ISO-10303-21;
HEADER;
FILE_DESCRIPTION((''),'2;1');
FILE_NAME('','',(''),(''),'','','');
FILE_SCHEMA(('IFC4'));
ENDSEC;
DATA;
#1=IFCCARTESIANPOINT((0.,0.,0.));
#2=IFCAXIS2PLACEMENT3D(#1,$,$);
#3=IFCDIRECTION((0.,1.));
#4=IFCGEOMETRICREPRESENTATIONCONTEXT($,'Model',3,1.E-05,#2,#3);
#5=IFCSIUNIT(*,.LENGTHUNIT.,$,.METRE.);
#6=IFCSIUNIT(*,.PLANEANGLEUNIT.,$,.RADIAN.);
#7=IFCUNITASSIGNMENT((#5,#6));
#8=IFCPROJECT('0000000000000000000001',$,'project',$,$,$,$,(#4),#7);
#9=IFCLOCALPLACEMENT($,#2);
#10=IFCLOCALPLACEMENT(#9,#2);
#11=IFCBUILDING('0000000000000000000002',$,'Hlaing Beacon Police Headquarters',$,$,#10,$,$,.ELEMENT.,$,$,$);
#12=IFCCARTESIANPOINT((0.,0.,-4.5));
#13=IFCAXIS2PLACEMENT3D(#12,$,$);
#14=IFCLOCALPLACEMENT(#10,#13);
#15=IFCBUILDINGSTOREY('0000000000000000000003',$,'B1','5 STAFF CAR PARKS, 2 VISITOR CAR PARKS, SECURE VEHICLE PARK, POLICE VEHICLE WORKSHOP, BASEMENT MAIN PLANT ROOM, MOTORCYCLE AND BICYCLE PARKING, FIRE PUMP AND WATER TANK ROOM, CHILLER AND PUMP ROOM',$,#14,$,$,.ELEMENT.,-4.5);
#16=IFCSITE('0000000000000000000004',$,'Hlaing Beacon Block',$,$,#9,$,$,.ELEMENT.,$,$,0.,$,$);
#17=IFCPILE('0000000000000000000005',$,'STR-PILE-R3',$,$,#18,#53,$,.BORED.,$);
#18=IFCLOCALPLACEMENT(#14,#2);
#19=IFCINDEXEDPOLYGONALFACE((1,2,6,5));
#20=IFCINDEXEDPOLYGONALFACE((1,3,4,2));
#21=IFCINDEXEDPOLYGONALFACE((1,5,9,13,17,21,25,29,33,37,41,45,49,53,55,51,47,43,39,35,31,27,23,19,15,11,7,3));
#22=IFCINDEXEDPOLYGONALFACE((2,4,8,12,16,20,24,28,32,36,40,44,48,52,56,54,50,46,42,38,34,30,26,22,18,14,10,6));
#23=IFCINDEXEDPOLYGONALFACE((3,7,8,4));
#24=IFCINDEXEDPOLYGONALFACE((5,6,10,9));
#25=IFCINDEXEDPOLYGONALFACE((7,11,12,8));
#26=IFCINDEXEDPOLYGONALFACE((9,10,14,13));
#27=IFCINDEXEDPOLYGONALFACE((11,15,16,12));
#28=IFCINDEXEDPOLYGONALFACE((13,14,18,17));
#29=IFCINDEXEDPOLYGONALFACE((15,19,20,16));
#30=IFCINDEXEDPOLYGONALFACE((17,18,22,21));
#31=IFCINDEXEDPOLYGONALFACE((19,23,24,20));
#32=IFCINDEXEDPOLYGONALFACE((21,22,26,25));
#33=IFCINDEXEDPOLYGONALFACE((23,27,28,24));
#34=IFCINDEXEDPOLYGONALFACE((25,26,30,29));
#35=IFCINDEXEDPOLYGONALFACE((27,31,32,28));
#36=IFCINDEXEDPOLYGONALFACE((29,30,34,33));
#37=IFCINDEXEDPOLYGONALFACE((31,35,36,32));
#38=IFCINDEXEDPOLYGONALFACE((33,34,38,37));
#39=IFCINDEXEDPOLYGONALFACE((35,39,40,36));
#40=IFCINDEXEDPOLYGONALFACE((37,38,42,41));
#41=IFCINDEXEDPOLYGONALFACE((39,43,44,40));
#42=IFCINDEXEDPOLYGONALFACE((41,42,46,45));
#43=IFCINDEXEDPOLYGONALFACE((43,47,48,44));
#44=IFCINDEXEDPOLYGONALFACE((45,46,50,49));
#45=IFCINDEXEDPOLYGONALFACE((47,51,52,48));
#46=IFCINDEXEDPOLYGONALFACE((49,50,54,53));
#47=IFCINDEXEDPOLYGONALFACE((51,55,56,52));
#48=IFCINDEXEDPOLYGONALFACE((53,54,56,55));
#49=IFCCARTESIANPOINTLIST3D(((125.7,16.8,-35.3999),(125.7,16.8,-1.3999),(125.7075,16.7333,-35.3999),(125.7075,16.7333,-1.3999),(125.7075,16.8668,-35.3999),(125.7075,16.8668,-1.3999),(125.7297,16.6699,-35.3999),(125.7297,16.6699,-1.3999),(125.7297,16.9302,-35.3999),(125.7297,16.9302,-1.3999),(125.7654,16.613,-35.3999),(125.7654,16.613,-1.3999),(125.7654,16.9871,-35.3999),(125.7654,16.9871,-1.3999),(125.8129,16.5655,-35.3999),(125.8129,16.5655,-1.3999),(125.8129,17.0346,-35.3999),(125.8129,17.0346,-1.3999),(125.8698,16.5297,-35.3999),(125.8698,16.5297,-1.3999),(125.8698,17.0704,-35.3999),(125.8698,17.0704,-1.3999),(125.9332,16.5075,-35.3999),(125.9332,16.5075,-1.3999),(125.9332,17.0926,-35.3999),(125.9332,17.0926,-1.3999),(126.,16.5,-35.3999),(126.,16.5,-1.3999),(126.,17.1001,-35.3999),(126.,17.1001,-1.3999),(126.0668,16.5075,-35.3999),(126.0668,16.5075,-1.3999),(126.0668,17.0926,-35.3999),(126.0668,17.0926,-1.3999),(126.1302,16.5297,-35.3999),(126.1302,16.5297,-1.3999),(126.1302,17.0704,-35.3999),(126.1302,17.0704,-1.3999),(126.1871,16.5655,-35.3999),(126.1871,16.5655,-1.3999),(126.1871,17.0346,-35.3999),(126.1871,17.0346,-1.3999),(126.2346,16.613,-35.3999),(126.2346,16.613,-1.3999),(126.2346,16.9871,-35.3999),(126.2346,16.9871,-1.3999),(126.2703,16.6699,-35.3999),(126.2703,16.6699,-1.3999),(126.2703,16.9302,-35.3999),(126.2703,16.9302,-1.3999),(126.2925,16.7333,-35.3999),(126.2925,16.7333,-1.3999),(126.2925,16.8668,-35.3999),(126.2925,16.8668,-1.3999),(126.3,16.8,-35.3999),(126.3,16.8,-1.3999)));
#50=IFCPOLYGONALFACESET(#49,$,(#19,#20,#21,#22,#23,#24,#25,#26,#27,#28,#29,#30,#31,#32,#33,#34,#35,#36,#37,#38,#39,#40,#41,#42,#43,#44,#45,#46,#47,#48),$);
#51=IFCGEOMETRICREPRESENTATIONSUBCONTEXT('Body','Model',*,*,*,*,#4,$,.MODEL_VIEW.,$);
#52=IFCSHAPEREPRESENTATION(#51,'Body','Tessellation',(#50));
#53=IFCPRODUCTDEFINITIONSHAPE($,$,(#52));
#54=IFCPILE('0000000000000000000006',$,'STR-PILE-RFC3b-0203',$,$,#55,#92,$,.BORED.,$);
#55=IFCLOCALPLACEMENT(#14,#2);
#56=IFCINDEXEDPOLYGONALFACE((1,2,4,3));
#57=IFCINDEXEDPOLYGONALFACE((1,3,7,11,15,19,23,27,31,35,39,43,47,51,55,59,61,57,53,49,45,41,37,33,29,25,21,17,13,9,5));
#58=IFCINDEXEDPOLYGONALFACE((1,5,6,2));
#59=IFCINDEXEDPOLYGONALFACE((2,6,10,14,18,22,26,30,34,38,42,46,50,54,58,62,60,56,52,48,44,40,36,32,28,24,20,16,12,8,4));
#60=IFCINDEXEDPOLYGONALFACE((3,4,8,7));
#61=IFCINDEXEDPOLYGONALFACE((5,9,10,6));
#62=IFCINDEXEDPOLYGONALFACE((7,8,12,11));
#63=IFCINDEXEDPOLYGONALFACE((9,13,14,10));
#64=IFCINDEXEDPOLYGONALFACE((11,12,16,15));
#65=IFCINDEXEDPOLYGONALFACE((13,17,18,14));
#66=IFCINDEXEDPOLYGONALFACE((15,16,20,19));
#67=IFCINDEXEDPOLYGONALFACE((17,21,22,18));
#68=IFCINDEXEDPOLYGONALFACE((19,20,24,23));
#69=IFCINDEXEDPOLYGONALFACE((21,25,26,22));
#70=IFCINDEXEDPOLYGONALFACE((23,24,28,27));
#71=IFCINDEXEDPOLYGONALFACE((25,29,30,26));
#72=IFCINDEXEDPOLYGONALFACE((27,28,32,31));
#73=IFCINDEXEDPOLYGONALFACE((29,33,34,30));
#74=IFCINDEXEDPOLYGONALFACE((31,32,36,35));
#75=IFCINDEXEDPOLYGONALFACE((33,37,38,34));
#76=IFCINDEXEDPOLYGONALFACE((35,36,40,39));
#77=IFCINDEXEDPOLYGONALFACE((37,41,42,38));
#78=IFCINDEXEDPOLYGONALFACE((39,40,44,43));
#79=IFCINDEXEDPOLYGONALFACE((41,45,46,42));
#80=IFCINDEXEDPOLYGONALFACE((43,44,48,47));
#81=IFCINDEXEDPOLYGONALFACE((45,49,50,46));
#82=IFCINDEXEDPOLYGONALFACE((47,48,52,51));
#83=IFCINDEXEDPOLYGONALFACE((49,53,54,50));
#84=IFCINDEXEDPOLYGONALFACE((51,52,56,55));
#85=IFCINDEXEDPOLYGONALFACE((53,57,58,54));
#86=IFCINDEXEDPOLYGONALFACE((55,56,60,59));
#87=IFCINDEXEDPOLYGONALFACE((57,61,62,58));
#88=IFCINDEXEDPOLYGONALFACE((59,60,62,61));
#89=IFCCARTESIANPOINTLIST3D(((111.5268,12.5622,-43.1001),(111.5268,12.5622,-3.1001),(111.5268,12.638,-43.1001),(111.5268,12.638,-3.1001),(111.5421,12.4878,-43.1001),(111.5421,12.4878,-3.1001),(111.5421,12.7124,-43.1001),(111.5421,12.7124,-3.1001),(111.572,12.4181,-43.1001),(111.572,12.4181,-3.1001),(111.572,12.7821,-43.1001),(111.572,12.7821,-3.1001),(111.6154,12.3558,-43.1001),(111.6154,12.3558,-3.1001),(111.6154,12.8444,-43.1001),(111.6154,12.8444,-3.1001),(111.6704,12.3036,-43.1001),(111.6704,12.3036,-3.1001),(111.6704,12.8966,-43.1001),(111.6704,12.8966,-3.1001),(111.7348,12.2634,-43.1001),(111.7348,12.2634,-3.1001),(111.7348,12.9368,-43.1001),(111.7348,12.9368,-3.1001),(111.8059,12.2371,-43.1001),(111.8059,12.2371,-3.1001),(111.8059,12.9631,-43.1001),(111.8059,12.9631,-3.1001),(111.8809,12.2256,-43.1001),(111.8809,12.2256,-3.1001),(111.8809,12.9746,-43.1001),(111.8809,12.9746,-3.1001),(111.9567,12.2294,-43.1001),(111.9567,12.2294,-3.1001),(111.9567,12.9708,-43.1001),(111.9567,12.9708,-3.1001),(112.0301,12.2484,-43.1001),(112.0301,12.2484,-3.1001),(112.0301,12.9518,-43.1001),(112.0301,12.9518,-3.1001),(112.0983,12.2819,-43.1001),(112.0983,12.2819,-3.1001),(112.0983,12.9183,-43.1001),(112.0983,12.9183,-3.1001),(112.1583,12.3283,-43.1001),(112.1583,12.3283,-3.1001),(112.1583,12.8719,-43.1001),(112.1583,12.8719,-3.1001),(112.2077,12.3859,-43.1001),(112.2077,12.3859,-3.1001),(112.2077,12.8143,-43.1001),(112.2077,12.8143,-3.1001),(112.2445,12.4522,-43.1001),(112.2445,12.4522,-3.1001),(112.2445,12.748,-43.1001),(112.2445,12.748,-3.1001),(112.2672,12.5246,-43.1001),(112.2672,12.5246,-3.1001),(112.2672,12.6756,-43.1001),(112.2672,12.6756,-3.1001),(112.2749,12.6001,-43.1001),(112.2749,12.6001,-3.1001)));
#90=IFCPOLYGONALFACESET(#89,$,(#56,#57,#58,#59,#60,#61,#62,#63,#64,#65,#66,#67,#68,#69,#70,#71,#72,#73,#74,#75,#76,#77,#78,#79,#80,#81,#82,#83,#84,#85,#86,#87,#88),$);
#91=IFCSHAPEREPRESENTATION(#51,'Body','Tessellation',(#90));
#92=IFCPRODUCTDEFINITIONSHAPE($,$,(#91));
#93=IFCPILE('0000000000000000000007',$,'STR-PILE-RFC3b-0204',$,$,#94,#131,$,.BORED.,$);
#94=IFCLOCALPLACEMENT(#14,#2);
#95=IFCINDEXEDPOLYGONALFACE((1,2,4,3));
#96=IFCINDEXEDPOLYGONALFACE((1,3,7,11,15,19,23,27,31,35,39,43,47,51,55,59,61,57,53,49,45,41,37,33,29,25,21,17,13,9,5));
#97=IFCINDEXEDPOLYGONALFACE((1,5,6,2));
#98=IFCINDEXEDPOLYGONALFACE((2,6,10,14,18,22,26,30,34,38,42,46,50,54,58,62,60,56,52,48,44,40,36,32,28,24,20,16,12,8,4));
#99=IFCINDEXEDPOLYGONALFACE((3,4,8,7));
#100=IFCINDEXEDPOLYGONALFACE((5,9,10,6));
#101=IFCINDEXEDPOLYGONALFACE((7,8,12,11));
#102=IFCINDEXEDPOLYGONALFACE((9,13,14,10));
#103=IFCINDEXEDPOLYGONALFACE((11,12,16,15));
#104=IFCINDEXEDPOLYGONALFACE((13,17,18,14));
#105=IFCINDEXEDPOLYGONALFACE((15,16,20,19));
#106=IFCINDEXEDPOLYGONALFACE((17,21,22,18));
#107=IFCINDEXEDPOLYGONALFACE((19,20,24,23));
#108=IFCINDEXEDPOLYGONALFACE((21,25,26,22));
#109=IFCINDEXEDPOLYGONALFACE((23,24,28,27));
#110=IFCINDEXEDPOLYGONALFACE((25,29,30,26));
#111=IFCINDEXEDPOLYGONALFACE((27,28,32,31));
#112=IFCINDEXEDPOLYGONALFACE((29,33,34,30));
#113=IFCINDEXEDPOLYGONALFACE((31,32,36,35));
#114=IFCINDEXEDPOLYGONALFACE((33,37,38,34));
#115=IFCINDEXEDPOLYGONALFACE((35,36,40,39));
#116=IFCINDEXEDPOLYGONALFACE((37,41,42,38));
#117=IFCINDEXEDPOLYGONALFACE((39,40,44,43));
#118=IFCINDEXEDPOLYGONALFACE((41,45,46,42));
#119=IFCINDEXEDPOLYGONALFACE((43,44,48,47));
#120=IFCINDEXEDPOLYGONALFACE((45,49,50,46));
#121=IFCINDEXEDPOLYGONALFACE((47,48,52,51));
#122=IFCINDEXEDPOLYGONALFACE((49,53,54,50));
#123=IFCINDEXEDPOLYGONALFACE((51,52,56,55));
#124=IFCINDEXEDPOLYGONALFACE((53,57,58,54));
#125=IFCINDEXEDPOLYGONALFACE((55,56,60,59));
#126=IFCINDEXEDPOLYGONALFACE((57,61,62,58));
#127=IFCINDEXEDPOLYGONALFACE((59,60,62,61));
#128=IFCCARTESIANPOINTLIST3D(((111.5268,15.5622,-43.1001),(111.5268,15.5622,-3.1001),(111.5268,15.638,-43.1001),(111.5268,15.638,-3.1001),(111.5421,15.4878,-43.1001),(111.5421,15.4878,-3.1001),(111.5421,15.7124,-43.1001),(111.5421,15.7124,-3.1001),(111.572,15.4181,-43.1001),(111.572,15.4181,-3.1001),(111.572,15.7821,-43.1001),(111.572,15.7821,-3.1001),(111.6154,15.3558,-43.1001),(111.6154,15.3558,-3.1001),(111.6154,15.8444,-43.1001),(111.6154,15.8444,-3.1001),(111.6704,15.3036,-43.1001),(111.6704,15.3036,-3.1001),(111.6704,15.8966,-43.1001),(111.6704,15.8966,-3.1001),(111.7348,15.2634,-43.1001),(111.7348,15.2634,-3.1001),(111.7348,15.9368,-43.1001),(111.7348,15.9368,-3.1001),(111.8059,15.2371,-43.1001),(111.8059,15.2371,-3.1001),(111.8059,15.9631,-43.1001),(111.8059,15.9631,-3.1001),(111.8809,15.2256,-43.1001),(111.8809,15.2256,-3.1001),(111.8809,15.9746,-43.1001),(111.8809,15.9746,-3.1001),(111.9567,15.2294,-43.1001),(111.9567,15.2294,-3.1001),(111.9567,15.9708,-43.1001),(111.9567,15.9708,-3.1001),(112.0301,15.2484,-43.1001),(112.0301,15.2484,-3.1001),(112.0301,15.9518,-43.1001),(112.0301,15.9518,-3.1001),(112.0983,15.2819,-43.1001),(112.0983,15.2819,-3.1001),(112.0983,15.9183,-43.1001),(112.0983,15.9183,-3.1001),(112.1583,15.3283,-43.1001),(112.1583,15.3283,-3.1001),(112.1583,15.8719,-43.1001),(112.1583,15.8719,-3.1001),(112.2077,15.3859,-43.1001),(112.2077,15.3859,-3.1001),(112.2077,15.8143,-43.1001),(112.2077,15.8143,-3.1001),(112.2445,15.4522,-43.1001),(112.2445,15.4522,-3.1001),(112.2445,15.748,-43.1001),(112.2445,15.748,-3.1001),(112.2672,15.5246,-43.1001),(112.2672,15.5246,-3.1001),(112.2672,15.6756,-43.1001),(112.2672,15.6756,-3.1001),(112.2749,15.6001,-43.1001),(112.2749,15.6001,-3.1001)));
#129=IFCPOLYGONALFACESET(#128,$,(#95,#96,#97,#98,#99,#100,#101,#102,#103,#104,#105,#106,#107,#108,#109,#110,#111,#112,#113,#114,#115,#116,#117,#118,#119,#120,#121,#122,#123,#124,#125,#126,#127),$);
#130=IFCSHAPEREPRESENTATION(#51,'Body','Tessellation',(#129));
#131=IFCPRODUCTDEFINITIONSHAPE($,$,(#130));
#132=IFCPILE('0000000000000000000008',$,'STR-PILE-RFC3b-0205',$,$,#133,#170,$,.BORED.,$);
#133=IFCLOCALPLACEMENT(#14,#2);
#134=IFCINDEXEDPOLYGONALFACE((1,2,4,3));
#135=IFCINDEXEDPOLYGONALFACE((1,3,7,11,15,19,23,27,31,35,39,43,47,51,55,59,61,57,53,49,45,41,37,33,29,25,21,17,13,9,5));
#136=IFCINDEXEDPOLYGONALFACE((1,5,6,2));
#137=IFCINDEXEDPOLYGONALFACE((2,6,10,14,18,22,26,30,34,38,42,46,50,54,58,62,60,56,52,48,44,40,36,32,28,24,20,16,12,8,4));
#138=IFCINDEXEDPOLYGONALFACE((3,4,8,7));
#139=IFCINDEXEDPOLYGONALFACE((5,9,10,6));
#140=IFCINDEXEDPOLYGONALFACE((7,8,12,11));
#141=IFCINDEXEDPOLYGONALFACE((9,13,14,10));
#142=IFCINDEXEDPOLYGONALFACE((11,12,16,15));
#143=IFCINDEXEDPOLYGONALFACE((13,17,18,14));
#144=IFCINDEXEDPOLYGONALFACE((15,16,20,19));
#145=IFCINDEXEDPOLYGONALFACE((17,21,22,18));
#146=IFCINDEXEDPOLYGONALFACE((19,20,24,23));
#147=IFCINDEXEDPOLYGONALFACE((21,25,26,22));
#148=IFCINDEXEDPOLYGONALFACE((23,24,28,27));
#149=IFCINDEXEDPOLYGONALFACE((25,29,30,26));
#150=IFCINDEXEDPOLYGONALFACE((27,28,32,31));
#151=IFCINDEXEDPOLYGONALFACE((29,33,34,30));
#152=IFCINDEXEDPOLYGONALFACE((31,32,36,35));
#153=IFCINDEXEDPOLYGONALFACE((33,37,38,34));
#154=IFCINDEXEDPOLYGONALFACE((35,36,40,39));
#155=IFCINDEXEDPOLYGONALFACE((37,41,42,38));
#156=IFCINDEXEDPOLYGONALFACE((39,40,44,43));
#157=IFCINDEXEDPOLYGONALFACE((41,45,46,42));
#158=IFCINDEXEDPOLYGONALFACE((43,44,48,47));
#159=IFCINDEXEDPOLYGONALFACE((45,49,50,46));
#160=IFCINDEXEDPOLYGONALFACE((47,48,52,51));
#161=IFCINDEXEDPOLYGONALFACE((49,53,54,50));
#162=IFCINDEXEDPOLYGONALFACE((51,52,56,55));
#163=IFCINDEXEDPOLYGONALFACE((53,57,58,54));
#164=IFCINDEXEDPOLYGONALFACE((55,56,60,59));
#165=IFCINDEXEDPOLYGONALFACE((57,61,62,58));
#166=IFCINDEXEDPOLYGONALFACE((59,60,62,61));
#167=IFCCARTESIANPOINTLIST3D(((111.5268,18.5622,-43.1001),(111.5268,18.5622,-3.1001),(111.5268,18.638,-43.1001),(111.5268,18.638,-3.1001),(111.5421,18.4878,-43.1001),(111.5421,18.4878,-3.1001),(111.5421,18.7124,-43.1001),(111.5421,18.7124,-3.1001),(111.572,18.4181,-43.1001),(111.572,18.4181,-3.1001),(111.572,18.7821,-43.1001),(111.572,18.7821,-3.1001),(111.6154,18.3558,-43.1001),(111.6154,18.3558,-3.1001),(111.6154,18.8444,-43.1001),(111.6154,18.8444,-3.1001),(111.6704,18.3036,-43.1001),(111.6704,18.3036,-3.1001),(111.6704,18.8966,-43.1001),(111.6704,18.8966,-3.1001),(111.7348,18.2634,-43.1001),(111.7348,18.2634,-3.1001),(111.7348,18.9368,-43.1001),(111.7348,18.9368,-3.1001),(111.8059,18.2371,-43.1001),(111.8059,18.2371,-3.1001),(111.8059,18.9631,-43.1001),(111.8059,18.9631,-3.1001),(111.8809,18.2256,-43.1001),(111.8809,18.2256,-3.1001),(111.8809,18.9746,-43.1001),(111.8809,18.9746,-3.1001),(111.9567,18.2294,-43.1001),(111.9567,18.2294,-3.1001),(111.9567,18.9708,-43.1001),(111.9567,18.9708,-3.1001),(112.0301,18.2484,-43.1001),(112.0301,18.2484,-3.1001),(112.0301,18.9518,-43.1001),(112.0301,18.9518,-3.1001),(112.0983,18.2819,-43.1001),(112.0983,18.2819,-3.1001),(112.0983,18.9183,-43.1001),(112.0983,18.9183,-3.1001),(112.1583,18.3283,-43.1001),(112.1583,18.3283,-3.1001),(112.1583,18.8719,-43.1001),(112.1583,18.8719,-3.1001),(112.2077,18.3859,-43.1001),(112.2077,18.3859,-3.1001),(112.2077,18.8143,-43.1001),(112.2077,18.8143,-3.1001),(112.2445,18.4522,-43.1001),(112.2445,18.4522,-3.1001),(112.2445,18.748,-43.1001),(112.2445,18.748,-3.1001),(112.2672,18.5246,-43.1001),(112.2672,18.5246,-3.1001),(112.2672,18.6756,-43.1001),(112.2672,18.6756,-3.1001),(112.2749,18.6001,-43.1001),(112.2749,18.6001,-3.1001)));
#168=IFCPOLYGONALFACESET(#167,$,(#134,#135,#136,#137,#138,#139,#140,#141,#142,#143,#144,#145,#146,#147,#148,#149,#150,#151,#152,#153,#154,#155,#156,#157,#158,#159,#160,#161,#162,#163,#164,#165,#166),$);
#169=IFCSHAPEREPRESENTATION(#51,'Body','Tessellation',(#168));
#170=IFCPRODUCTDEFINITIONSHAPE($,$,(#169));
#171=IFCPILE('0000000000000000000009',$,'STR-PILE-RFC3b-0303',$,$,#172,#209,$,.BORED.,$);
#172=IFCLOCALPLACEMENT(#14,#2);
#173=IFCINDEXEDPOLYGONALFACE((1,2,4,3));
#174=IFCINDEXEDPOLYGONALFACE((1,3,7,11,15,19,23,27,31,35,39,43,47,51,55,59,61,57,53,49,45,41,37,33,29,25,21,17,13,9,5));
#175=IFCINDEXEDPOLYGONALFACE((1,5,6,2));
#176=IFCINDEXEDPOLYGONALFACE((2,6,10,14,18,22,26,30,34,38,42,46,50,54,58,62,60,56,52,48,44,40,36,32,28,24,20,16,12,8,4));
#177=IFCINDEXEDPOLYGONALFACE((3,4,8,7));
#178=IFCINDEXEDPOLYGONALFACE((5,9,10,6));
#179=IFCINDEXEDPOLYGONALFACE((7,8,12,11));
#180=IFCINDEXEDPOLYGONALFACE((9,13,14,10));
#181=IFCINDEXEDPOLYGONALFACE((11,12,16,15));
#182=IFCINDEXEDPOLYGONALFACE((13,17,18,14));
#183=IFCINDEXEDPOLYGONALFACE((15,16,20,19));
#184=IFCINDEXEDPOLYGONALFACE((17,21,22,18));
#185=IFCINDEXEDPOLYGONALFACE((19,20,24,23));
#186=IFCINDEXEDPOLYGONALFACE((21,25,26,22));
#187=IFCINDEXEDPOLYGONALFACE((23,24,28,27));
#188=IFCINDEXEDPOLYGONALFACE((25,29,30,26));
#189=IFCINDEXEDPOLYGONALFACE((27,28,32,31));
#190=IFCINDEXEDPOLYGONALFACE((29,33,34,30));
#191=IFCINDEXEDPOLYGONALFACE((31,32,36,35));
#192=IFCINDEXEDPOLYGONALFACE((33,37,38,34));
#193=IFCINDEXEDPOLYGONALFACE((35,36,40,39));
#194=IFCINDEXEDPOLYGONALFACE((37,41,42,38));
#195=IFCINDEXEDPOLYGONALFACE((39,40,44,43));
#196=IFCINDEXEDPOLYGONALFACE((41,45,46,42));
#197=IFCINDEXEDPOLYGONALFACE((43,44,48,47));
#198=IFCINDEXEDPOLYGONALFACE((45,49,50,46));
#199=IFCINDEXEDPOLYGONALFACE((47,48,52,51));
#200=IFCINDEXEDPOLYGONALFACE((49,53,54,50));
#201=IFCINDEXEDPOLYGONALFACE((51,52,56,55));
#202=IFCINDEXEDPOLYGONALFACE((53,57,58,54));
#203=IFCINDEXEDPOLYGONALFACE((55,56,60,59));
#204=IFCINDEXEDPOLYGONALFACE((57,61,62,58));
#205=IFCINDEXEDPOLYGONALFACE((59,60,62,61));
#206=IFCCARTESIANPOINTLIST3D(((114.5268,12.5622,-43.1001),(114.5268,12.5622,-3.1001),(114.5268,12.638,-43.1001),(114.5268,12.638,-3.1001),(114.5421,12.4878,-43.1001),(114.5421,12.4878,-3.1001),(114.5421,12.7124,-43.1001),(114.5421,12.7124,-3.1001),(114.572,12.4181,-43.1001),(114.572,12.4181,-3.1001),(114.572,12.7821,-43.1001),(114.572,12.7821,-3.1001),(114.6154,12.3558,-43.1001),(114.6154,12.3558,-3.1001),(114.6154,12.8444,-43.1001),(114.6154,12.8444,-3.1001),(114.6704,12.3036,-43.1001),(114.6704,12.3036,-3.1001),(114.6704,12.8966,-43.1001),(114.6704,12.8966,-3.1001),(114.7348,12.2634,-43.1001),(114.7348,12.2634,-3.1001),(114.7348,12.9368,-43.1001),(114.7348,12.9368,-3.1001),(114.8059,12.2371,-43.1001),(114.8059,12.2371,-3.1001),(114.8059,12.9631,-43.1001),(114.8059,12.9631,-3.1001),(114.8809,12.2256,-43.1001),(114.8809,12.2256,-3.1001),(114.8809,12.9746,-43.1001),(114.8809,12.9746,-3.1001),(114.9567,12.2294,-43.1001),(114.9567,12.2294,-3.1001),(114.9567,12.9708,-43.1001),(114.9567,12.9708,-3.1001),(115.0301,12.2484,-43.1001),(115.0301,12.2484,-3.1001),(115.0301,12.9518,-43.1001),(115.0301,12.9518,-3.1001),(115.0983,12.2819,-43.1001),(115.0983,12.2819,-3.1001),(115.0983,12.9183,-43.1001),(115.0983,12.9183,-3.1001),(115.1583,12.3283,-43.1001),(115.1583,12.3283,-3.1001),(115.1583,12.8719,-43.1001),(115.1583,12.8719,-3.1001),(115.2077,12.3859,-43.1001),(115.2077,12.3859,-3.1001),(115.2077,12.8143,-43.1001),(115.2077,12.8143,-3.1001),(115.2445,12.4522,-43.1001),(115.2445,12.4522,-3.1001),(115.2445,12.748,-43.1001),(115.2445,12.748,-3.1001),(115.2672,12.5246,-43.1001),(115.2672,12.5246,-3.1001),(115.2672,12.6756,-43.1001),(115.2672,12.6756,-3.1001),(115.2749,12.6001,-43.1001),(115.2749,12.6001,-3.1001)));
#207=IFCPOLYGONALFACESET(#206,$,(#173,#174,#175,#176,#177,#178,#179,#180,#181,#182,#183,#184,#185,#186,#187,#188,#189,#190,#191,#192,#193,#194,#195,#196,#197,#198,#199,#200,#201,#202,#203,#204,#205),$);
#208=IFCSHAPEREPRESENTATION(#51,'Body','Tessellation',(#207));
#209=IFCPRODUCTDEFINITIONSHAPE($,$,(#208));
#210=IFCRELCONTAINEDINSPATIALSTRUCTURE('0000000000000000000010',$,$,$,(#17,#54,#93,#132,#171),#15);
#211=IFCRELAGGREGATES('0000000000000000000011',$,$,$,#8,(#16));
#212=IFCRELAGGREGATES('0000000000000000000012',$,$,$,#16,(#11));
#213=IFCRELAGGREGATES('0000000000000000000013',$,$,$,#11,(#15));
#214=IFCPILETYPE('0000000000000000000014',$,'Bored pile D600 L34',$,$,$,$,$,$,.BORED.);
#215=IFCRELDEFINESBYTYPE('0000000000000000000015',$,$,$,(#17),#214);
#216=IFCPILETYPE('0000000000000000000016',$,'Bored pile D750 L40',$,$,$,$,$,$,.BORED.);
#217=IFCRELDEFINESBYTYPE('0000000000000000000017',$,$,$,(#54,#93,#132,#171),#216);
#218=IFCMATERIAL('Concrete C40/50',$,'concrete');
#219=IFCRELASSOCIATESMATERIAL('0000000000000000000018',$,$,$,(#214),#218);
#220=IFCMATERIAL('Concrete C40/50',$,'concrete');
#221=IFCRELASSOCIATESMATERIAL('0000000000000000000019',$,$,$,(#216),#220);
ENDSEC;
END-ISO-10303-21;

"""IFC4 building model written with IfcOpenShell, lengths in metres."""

from ifc_helpers import new_model, si_unit, direction, frame, origin, origin_2d, place, context, subcontext, project, spatial, circle, extrude, material, material_profile, profile_set, type_object, element, save


model = new_model("IFC4")

# Units and contexts
model_context = context("Model", 3, precision=1e-05, world=origin(), true_north=direction((0.0, 1.0)))
body_context = subcontext(model_context, "Body", "Model", "MODEL_VIEW")
ifc_project = project(units=[si_unit("LENGTHUNIT", "METRE"), si_unit("PLANEANGLEUNIT", "RADIAN")], contexts=[model_context])

# Site, building, storey
site_placement = place(None, origin())
site = spatial("IfcSite", under=ifc_project, at=site_placement, Name="Hlaing Beacon Block", CompositionType="ELEMENT", RefElevation=0.0)
building_placement = place(site_placement, origin())
building = spatial("IfcBuilding", under=site, at=building_placement, Name="Hlaing Beacon Police Headquarters", CompositionType="ELEMENT")
storey_placement = place(building_placement, frame((0.0, 0.0, -4.5)))
storey = spatial("IfcBuildingStorey", under=building, at=storey_placement, Name="B1", Description="5 STAFF CAR PARKS, 2 VISITOR CAR PARKS, SECURE VEHICLE PARK, POLICE VEHICLE WORKSHOP, BASEMENT MAIN PLANT ROOM, MOTORCYCLE AND BICYCLE PARKING, FIRE PUMP AND WATER TANK ROOM, CHILLER AND PUMP ROOM", CompositionType="ELEMENT", Elevation=-4.5)

# Piles
ifc_material_1 = material(Name="Concrete C40/50", Category="concrete")
ifc_material_profile_1 = material_profile(ifc_material_1, circle(Radius=0.3, at=origin_2d()), Name="D600")
ifc_profile_set_1 = profile_set([ifc_material_profile_1], Name="Concrete C40/50")
pile_type_1 = type_object("IfcPileType", Name="Bored pile D600 L34", PredefinedType="BORED", material=ifc_profile_set_1)
pile_placement = place(storey_placement, frame((126.0, 16.8, -1.3999), z_axis=(0.0, 0.0, -1.0), x_axis=(1.0, 0.0, 0.0)))
element("IfcPile", 1, at=pile_placement, inside=storey, type_object=pile_type_1, Name="STR-PILE-R3", PredefinedType="BORED", context=body_context, shape_type="SweptSolid", body=[
    extrude(circle(Radius=0.3, at=origin_2d()), origin(), (0.0, 0.0, 1.0), 34.0),
])
ifc_material_2 = material(Name="Concrete C40/50", Category="concrete")
ifc_material_profile_2 = material_profile(ifc_material_2, circle(Radius=0.375, at=origin_2d()), Name="D750")
ifc_profile_set_2 = profile_set([ifc_material_profile_2], Name="Concrete C40/50")
pile_type_2 = type_object("IfcPileType", Name="Bored pile D750 L40", PredefinedType="BORED", material=ifc_profile_set_2)
for number, where, z_axis, x_axis, name in (
    (2, (111.8999, 12.6001, -3.1001), (0.0, 0.0, -1.0), (1.0, 0.0, 0.0), "STR-PILE-RFC3b-0203"),
    (3, (111.8999, 15.6001, -3.1001), (0.0, 0.0, -1.0), (1.0, 0.0, 0.0), "STR-PILE-RFC3b-0204"),
    (4, (111.8999, 18.6001, -3.1001), (0.0, 0.0, -1.0), (1.0, 0.0, 0.0), "STR-PILE-RFC3b-0205"),
    (5, (114.8999, 12.6001, -3.1001), (0.0, 0.0, -1.0), (1.0, 0.0, 0.0), "STR-PILE-RFC3b-0303"),
):
    element("IfcPile", number, at=place(storey_placement, frame(where, z_axis=z_axis, x_axis=x_axis)), inside=storey, type_object=pile_type_2, Name=name, PredefinedType="BORED", context=body_context, shape_type="SweptSolid", body=[
        extrude(circle(Radius=0.375, at=origin_2d()), origin(), (0.0, 0.0, 1.0), 40.0),
    ])

save(model, "model.ifc")
